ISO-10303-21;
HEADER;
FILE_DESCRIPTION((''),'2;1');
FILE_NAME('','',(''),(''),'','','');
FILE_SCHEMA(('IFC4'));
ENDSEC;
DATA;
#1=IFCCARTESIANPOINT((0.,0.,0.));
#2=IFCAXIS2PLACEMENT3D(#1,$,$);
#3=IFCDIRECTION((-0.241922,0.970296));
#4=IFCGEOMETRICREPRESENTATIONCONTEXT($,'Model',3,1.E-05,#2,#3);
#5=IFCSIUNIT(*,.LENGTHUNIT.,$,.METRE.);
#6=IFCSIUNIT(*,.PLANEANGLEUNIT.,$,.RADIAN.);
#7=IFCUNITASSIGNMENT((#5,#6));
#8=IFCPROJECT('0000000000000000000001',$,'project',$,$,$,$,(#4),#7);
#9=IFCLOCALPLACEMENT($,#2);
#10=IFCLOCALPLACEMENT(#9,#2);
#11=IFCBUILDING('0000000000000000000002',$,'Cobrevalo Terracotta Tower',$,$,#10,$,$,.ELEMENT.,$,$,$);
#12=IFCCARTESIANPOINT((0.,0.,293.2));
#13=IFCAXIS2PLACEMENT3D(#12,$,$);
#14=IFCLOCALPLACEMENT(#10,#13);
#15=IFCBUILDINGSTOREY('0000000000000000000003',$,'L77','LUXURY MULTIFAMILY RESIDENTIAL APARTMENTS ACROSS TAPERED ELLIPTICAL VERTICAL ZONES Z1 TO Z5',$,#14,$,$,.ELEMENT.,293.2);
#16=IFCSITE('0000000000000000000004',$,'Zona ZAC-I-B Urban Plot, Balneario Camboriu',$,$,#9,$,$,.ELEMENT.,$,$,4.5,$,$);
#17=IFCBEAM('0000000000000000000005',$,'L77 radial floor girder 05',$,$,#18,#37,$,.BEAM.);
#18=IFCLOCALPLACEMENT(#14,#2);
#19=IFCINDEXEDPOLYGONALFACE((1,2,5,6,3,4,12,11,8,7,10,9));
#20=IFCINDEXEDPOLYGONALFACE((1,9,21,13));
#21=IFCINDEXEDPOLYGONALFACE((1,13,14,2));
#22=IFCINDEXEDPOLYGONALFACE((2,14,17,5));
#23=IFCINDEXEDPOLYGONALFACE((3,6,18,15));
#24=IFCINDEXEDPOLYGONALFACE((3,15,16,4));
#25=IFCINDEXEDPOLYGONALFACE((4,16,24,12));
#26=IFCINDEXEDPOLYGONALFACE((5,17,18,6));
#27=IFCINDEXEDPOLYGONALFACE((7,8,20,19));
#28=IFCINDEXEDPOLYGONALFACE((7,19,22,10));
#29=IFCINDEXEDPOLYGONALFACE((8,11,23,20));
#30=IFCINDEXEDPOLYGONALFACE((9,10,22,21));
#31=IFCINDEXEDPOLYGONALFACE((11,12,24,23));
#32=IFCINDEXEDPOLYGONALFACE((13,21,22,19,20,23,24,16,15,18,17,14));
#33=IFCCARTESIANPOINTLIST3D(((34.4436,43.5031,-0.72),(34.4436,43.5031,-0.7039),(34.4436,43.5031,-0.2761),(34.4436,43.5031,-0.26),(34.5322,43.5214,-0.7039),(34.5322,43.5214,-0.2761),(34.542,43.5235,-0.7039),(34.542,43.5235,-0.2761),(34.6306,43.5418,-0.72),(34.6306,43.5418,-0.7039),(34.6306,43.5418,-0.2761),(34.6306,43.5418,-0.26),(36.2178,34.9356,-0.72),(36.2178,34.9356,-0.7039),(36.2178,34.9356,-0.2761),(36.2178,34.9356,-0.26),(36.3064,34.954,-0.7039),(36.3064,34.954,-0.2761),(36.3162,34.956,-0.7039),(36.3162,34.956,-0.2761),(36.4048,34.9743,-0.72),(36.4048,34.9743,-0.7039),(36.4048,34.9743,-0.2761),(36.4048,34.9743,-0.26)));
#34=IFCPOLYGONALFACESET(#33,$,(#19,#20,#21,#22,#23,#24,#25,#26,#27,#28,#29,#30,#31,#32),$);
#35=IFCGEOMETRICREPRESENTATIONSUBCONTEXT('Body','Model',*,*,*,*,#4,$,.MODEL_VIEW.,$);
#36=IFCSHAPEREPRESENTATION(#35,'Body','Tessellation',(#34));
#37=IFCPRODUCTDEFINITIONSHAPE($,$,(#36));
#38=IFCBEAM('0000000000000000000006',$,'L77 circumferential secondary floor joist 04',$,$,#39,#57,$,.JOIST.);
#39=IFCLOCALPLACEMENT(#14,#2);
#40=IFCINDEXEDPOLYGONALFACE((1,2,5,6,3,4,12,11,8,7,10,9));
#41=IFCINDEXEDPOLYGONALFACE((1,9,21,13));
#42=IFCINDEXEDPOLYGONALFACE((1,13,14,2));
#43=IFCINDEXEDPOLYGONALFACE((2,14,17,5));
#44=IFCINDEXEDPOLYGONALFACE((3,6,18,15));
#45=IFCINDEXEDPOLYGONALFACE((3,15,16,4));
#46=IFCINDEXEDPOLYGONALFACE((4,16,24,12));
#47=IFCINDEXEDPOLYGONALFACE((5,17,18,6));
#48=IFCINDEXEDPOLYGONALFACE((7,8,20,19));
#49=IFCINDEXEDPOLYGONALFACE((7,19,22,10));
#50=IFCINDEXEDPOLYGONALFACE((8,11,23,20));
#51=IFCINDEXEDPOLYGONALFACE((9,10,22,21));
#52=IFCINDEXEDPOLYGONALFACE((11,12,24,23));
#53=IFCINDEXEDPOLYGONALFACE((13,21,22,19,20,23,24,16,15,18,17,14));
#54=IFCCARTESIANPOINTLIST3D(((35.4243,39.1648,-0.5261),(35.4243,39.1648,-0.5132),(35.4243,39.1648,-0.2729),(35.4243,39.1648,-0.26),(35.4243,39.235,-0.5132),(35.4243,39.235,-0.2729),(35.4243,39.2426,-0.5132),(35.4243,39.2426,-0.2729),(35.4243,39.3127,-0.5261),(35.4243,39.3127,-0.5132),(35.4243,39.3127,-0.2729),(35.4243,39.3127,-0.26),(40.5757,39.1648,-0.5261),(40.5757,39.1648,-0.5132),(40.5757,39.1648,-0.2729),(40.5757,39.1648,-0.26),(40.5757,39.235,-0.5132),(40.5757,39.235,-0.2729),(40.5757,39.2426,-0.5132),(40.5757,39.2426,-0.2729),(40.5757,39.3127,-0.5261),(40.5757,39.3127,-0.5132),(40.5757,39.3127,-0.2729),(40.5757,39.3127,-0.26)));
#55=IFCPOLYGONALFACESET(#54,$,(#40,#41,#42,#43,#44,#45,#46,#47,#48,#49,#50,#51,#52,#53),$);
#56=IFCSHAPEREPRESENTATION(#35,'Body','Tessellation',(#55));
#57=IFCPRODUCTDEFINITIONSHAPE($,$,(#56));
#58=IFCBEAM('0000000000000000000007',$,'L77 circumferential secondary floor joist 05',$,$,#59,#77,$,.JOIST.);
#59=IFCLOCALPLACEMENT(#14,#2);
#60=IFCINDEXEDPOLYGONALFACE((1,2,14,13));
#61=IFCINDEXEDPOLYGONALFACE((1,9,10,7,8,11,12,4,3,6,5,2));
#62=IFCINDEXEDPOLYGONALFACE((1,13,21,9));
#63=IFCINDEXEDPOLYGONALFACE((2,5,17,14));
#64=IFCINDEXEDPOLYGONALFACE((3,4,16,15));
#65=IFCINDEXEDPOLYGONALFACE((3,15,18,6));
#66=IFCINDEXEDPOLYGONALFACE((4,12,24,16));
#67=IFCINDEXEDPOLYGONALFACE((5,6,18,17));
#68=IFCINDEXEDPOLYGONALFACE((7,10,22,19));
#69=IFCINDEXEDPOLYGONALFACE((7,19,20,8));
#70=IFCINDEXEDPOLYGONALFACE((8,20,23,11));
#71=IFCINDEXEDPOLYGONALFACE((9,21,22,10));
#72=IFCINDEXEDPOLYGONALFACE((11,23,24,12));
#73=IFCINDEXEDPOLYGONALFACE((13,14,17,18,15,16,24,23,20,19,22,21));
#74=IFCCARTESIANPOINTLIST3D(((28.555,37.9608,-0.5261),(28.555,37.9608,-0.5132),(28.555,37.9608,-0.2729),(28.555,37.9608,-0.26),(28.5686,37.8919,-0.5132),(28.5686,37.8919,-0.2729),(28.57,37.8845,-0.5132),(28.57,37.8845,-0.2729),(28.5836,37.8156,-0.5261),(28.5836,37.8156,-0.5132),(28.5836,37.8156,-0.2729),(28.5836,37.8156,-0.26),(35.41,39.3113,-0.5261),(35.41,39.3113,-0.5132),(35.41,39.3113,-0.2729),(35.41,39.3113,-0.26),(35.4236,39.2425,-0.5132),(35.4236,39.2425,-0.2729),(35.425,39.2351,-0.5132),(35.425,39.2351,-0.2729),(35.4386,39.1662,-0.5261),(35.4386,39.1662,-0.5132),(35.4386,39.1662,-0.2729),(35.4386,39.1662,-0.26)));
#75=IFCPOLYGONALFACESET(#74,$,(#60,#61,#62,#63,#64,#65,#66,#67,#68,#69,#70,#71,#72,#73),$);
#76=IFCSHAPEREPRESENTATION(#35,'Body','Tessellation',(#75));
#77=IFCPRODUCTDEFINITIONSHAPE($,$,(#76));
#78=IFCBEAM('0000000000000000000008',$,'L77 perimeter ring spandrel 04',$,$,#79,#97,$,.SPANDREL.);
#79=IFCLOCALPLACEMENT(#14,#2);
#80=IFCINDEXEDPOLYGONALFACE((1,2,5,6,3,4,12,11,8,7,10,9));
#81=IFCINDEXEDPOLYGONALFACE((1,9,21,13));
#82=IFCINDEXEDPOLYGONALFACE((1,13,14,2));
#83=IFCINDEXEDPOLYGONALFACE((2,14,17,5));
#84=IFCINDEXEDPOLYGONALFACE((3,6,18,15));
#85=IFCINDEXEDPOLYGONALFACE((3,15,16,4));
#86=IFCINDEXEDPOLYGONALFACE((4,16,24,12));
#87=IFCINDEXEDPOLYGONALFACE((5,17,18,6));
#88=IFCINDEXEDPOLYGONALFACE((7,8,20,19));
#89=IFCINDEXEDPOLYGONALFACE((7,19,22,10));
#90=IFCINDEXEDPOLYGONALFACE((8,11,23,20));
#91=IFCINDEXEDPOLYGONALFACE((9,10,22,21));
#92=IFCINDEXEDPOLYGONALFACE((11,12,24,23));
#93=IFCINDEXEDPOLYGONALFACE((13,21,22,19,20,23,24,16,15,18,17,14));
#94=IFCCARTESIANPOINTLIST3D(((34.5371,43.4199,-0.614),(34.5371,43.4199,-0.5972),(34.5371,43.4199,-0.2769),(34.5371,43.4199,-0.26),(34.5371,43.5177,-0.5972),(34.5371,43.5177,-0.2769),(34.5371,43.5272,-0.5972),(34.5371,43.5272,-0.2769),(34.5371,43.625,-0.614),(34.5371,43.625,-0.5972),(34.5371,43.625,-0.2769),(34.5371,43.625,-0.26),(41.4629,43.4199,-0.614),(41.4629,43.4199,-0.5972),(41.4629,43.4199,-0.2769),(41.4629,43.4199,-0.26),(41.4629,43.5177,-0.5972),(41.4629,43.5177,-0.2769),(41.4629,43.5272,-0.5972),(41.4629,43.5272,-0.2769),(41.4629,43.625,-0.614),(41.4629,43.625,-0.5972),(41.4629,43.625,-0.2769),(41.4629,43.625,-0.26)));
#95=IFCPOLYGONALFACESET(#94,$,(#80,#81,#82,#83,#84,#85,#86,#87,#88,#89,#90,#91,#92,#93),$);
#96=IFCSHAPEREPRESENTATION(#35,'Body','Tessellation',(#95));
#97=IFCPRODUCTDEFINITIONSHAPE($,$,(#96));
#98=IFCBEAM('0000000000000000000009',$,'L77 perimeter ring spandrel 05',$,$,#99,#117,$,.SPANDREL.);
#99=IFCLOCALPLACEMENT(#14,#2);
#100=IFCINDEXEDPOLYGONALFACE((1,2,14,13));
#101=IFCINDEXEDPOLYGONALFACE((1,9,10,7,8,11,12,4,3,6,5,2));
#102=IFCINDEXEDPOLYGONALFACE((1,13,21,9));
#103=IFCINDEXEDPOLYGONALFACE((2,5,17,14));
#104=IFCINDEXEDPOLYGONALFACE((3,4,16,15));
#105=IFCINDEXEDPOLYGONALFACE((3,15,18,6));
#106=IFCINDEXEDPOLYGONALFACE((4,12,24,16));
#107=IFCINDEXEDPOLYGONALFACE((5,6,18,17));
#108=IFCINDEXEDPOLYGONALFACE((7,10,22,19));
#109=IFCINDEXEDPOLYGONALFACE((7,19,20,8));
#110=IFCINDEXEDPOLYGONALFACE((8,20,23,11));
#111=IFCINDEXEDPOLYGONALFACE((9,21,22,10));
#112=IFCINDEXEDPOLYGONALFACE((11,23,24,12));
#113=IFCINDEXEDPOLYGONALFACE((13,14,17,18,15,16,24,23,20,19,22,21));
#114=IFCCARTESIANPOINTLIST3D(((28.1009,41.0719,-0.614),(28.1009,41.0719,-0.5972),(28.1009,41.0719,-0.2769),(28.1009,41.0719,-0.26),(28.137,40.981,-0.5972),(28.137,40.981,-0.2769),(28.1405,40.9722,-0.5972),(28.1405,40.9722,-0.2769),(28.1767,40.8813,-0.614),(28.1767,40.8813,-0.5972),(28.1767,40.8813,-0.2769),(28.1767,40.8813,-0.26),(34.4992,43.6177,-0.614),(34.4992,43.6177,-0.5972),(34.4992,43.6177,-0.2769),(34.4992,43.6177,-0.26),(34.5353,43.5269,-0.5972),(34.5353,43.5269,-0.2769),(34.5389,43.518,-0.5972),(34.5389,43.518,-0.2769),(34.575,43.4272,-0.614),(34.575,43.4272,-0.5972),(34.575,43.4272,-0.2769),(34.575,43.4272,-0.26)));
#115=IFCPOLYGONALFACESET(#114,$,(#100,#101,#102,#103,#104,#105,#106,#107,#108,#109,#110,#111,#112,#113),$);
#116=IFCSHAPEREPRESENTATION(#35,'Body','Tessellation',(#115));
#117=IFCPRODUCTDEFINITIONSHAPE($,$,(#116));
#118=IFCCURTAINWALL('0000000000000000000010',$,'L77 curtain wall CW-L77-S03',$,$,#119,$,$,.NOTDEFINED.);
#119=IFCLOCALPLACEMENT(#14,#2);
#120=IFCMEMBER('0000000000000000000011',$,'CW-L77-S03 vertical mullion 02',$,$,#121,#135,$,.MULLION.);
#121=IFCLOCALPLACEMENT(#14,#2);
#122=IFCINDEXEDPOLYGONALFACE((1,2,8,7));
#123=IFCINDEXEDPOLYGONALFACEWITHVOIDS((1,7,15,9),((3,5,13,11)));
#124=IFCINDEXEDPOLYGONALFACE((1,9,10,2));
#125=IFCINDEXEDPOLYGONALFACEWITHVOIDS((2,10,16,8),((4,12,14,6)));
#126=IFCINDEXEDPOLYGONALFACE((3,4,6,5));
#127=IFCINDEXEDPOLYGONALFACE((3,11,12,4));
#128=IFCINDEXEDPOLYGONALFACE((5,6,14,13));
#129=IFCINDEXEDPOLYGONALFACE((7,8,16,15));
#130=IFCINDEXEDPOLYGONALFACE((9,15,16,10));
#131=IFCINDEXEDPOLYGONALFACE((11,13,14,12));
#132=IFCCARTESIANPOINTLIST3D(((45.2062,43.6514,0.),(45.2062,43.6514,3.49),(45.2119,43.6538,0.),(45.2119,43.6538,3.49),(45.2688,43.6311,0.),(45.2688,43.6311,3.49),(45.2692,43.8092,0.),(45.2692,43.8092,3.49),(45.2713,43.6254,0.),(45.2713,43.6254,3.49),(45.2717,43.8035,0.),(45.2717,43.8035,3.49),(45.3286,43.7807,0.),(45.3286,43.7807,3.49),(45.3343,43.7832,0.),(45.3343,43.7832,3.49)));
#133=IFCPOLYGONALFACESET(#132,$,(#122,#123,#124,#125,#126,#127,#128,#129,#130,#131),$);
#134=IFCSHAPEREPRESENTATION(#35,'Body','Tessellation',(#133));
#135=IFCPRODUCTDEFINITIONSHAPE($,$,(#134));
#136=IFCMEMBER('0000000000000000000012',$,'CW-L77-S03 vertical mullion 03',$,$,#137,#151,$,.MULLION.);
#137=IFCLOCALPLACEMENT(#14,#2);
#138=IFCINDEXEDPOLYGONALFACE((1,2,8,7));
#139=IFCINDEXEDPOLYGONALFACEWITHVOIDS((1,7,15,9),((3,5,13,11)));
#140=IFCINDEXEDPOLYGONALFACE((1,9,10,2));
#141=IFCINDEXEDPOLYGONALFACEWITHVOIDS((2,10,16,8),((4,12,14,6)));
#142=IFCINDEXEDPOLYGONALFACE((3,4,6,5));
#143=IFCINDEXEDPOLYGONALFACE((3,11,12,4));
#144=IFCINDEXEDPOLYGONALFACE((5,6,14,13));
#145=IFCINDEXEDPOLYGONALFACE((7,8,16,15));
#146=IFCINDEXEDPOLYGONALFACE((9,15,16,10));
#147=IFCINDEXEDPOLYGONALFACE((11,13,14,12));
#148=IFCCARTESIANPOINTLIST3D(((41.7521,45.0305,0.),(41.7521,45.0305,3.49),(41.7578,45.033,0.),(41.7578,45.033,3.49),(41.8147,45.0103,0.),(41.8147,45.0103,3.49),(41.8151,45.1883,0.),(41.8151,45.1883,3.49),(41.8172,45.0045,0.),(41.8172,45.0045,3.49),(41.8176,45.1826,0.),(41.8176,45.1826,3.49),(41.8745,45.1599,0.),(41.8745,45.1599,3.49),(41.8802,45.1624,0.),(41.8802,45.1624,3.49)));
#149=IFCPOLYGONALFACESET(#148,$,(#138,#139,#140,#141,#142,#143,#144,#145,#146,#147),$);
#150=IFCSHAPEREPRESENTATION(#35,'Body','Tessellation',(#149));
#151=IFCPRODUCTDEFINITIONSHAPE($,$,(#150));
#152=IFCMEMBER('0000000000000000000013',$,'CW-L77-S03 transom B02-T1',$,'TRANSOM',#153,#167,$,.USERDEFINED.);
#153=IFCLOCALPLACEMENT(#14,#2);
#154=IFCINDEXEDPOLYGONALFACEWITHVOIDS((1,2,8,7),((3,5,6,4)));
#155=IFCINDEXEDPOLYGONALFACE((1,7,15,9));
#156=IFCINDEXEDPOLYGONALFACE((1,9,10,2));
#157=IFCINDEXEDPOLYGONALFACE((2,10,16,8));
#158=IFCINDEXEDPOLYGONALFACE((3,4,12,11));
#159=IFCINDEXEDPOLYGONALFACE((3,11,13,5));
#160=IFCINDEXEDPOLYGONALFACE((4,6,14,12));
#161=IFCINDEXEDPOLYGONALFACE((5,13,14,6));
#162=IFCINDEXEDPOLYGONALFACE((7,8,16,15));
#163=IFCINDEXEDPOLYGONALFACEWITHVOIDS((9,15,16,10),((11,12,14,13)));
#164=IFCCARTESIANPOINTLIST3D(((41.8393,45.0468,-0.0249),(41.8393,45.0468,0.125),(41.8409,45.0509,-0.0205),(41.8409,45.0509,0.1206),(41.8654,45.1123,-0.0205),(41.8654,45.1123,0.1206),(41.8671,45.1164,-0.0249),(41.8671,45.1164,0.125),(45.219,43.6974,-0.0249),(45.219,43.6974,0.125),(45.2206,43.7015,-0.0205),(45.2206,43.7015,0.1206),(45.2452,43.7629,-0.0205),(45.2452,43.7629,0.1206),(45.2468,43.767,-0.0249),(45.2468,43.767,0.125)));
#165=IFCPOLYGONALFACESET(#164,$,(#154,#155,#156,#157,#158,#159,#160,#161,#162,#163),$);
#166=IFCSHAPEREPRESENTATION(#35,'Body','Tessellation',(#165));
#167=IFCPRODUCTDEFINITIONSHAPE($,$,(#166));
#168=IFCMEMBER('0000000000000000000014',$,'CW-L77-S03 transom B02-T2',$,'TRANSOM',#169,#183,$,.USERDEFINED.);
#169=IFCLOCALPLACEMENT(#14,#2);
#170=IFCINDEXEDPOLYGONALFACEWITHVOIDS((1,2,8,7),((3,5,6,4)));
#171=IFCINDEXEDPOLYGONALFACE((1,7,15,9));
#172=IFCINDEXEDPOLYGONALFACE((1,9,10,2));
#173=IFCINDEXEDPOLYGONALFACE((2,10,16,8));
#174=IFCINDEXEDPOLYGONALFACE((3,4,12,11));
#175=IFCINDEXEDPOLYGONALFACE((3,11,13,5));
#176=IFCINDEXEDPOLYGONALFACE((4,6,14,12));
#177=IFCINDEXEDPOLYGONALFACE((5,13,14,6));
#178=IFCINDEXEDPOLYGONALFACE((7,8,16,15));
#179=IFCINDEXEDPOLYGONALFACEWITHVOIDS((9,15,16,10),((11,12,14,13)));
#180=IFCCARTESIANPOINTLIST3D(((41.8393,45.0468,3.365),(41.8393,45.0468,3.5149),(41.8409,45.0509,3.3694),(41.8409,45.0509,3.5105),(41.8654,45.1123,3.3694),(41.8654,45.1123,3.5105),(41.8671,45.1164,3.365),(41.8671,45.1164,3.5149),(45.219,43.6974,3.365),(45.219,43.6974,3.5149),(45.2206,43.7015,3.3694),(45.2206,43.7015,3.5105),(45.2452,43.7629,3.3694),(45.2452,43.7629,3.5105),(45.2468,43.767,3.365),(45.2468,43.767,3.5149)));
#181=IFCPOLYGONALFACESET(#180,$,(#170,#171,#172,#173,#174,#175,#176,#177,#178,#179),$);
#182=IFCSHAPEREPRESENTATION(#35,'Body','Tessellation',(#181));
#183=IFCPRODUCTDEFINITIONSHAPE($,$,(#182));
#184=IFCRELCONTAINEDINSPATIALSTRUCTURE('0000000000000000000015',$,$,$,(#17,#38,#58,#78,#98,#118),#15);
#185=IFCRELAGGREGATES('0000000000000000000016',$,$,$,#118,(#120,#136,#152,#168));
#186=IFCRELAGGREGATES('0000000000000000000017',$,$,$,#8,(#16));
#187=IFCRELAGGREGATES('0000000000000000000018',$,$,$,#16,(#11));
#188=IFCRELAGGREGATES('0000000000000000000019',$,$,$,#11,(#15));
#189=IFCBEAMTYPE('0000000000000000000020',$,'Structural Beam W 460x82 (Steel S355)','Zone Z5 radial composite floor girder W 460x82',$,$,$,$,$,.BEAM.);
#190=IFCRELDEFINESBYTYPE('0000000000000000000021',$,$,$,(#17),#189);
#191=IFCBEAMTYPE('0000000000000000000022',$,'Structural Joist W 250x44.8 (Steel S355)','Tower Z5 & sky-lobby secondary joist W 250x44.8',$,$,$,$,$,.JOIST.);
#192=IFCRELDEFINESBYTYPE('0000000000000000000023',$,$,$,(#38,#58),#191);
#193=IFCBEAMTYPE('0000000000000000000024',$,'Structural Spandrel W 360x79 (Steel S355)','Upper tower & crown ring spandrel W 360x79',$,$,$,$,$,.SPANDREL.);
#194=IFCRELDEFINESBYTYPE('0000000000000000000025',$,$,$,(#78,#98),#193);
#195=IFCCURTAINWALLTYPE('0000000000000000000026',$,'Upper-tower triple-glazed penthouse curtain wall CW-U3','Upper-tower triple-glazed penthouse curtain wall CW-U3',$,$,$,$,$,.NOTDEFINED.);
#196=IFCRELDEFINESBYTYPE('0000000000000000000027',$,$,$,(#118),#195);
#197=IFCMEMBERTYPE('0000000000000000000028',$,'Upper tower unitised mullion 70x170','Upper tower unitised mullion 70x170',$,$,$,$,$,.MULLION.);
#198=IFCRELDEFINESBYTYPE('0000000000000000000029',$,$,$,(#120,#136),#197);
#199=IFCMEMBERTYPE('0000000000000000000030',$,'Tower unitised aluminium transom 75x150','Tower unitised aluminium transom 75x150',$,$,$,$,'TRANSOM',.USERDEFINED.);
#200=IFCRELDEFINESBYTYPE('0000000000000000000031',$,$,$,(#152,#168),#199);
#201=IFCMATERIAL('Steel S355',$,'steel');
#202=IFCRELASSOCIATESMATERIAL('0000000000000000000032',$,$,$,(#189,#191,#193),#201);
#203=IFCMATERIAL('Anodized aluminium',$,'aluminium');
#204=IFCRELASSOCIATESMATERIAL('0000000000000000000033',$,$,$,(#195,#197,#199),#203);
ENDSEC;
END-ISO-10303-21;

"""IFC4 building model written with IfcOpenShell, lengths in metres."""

from ifc_helpers import new_model, si_unit, direction, frame, origin, origin_2d, place, context, subcontext, project, spatial, hollow_rectangle, i_section, extrude, source, transform, mapped, material, material_profile, profile_set, type_object, element, aggregate, save


model = new_model("IFC4")

# Units and contexts
model_context = context("Model", 3, precision=1e-05, world=origin(), true_north=direction((-0.241922, 0.970296)))
body_context = subcontext(model_context, "Body", "Model", "MODEL_VIEW")
ifc_project = project(units=[si_unit("LENGTHUNIT", "METRE"), si_unit("PLANEANGLEUNIT", "RADIAN")], contexts=[model_context])

# Site, building, storey
site_placement = place(None, origin())
site = spatial("IfcSite", under=ifc_project, at=site_placement, Name="Zona ZAC-I-B Urban Plot, Balneario Camboriu", CompositionType="ELEMENT", RefElevation=4.5)
building_placement = place(site_placement, origin())
building = spatial("IfcBuilding", under=site, at=building_placement, Name="Cobrevalo Terracotta Tower", CompositionType="ELEMENT")
storey_placement = place(building_placement, frame((0.0, 0.0, 293.2)))
storey = spatial("IfcBuildingStorey", under=building, at=storey_placement, Name="L77", Description="LUXURY MULTIFAMILY RESIDENTIAL APARTMENTS ACROSS TAPERED ELLIPTICAL VERTICAL ZONES Z1 TO Z5", CompositionType="ELEMENT", Elevation=293.2)

# Shared definitions
ifc_material_1 = material(Name="Steel S355", Category="steel")

# Beams
ifc_material_profile_1 = material_profile(ifc_material_1, i_section(OverallWidth=0.1909, OverallDepth=0.46, WebThickness=0.01, FlangeThickness=0.0161, at=origin_2d()), Name="W 460x82")
ifc_profile_set_1 = profile_set([ifc_material_profile_1], Name="Steel S355")
beam_type_1 = type_object("IfcBeamType", Name="Structural Beam W 460x82 (Steel S355)", Description="Zone Z5 radial composite floor girder W 460x82", PredefinedType="BEAM", material=ifc_profile_set_1)
for number, where, z_axis, x_axis, name in (
    (1, (34.5371, 43.5225, -0.49), (0.202782, -0.979224, 0.0), (0.979224, 0.202782, 0.0), "L77 radial floor girder 05"),
):
    element("IfcBeam", number, at=place(storey_placement, frame(where, z_axis=z_axis, x_axis=x_axis)), inside=storey, type_object=beam_type_1, Name=name, PredefinedType="BEAM", context=body_context, shape_type="SweptSolid", body=[
        extrude(i_section(OverallWidth=0.1909, OverallDepth=0.46, WebThickness=0.01, FlangeThickness=0.0161, at=origin_2d()), origin(), (0.0, 0.0, 1.0), 8.7493),
    ])
ifc_material_profile_2 = material_profile(ifc_material_1, i_section(OverallWidth=0.1479, OverallDepth=0.2661, WebThickness=0.0076, FlangeThickness=0.0129, at=origin_2d()), Name="W 250x44.8")
ifc_profile_set_2 = profile_set([ifc_material_profile_2], Name="Steel S355")
beam_type_2 = type_object("IfcBeamType", Name="Structural Joist W 250x44.8 (Steel S355)", Description="Tower Z5 & sky-lobby secondary joist W 250x44.8", PredefinedType="JOIST", material=ifc_profile_set_2)
beam_1_placement = place(storey_placement, frame((40.5757, 39.2388, -0.3931), z_axis=(-1.0, 0.0, 0.0), x_axis=(0.0, -1.0, 0.0)))
element("IfcBeam", 2, at=beam_1_placement, inside=storey, type_object=beam_type_2, Name="L77 circumferential secondary floor joist 04", PredefinedType="JOIST", context=body_context, shape_type="SweptSolid", body=[
    extrude(i_section(OverallWidth=0.1479, OverallDepth=0.2661, WebThickness=0.0076, FlangeThickness=0.0129, at=origin_2d()), origin(), (0.0, 0.0, 1.0), 5.1514),
])
beam_2_placement = place(storey_placement, frame((35.4243, 39.2388, -0.3931), z_axis=(-0.981138, -0.193306, 0.0), x_axis=(0.193306, -0.981138, 0.0)))
element("IfcBeam", 3, at=beam_2_placement, inside=storey, type_object=beam_type_2, Name="L77 circumferential secondary floor joist 05", PredefinedType="JOIST", context=body_context, shape_type="SweptSolid", body=[
    extrude(i_section(OverallWidth=0.1479, OverallDepth=0.2661, WebThickness=0.0076, FlangeThickness=0.0129, at=origin_2d()), origin(), (0.0, 0.0, 1.0), 6.9868),
])
ifc_material_profile_3 = material_profile(ifc_material_1, i_section(OverallWidth=0.2051, OverallDepth=0.354, WebThickness=0.0095, FlangeThickness=0.0168, at=origin_2d()), Name="W 360x79")
ifc_profile_set_3 = profile_set([ifc_material_profile_3], Name="Steel S355")
beam_type_3 = type_object("IfcBeamType", Name="Structural Spandrel W 360x79 (Steel S355)", Description="Upper tower & crown ring spandrel W 360x79", PredefinedType="SPANDREL", material=ifc_profile_set_3)
beam_3_placement = place(storey_placement, frame((41.4629, 43.5225, -0.437), z_axis=(-1.0, 0.0, 0.0), x_axis=(0.0, -1.0, 0.0)))
element("IfcBeam", 4, at=beam_3_placement, inside=storey, type_object=beam_type_3, Name="L77 perimeter ring spandrel 04", PredefinedType="SPANDREL", context=body_context, shape_type="SweptSolid", body=[
    extrude(i_section(OverallWidth=0.2051, OverallDepth=0.354, WebThickness=0.0095, FlangeThickness=0.0168, at=origin_2d()), origin(), (0.0, 0.0, 1.0), 6.9258),
])
beam_4_placement = place(storey_placement, frame((34.5371, 43.5225, -0.437), z_axis=(-0.92915, -0.369703, 0.0), x_axis=(0.369703, -0.92915, 0.0)))
element("IfcBeam", 5, at=beam_4_placement, inside=storey, type_object=beam_type_3, Name="L77 perimeter ring spandrel 05", PredefinedType="SPANDREL", context=body_context, shape_type="SweptSolid", body=[
    extrude(i_section(OverallWidth=0.2051, OverallDepth=0.354, WebThickness=0.0095, FlangeThickness=0.0168, at=origin_2d()), origin(), (0.0, 0.0, 1.0), 6.8862),
])

# Curtain wall, members
ifc_material_2 = material(Name="Anodized aluminium", Category="aluminium")
curtain_wall_type = type_object("IfcCurtainWallType", Name="Upper-tower triple-glazed penthouse curtain wall CW-U3", Description="Upper-tower triple-glazed penthouse curtain wall CW-U3", PredefinedType="NOTDEFINED", material=ifc_material_2)
curtain_wall_placement = place(storey_placement, origin())
curtain_wall = element("IfcCurtainWall", 6, at=curtain_wall_placement, inside=storey, type_object=curtain_wall_type, Name="L77 curtain wall CW-L77-S03", PredefinedType="NOTDEFINED")
ifc_material_profile_4 = material_profile(ifc_material_2, hollow_rectangle(XDim=0.0701, YDim=0.1699, WallThickness=0.0044, at=origin_2d()), Name="CWM 70x170")
ifc_profile_set_4 = profile_set([ifc_material_profile_4], Name="Anodized aluminium")
member_type_1 = type_object("IfcMemberType", Name="Upper tower unitised mullion 70x170", Description="Upper tower unitised mullion 70x170", PredefinedType="MULLION", material=ifc_profile_set_4)
shared_shape_1 = source(origin(), body_context, "Body", "SweptSolid", [
    extrude(hollow_rectangle(XDim=0.0701, YDim=0.1699, WallThickness=0.0044, at=origin_2d()), origin(), (0.0, 0.0, 1.0), 3.49),
])
member_1_placement = place(storey_placement, frame((45.2703, 43.7173, 0.0), z_axis=(0.0, 0.0, 1.0), x_axis=(-0.928719, 0.370784, 0.0)))
member_1 = element("IfcMember", 7, at=member_1_placement, type_object=member_type_1, Name="CW-L77-S03 vertical mullion 02", PredefinedType="MULLION", context=body_context, shape_type="MappedRepresentation", body=[
    mapped(shared_shape_1, transform((0.0, 0.0, 0.0), scale=1.0)),
])
member_2_placement = place(storey_placement, frame((41.8162, 45.0964, 0.0), z_axis=(0.0, 0.0, 1.0), x_axis=(-0.928719, 0.370784, 0.0)))
member_2 = element("IfcMember", 8, at=member_2_placement, type_object=member_type_1, Name="CW-L77-S03 vertical mullion 03", PredefinedType="MULLION", context=body_context, shape_type="MappedRepresentation", body=[
    mapped(shared_shape_1, transform((0.0, 0.0, 0.0), scale=1.0)),
])
ifc_material_profile_5 = material_profile(ifc_material_2, hollow_rectangle(XDim=0.075, YDim=0.1499, WallThickness=0.0044, at=origin_2d()), Name="CWT 75x150")
ifc_profile_set_5 = profile_set([ifc_material_profile_5], Name="Anodized aluminium")
member_type_2 = type_object("IfcMemberType", Name="Tower unitised aluminium transom 75x150", Description="Tower unitised aluminium transom 75x150", ElementType="TRANSOM", PredefinedType="USERDEFINED", material=ifc_profile_set_5)
shared_shape_2 = source(origin(), body_context, "Body", "SweptSolid", [
    extrude(hollow_rectangle(XDim=0.075, YDim=0.1499, WallThickness=0.0044, at=origin_2d()), origin(), (0.0, 0.0, 1.0), 3.6392),
])
member_3_placement = place(storey_placement, frame((45.2329, 43.7322, 0.05), z_axis=(-0.928712, 0.370801, 0.0), x_axis=(-0.370801, -0.928712, 0.0)))
member_3 = element("IfcMember", 9, at=member_3_placement, type_object=member_type_2, Name="CW-L77-S03 transom B02-T1", ObjectType="TRANSOM", PredefinedType="USERDEFINED", context=body_context, shape_type="MappedRepresentation", body=[
    mapped(shared_shape_2, transform((0.0, 0.0, 0.0), scale=1.0)),
])
member_4_placement = place(storey_placement, frame((45.2329, 43.7322, 3.4399), z_axis=(-0.928712, 0.370801, 0.0), x_axis=(-0.370801, -0.928712, 0.0)))
member_4 = element("IfcMember", 10, at=member_4_placement, type_object=member_type_2, Name="CW-L77-S03 transom B02-T2", ObjectType="TRANSOM", PredefinedType="USERDEFINED", context=body_context, shape_type="MappedRepresentation", body=[
    mapped(shared_shape_2, transform((0.0, 0.0, 0.0), scale=1.0)),
])
aggregate(curtain_wall, [member_1, member_2, member_3, member_4])

save(model, "model.ifc")
